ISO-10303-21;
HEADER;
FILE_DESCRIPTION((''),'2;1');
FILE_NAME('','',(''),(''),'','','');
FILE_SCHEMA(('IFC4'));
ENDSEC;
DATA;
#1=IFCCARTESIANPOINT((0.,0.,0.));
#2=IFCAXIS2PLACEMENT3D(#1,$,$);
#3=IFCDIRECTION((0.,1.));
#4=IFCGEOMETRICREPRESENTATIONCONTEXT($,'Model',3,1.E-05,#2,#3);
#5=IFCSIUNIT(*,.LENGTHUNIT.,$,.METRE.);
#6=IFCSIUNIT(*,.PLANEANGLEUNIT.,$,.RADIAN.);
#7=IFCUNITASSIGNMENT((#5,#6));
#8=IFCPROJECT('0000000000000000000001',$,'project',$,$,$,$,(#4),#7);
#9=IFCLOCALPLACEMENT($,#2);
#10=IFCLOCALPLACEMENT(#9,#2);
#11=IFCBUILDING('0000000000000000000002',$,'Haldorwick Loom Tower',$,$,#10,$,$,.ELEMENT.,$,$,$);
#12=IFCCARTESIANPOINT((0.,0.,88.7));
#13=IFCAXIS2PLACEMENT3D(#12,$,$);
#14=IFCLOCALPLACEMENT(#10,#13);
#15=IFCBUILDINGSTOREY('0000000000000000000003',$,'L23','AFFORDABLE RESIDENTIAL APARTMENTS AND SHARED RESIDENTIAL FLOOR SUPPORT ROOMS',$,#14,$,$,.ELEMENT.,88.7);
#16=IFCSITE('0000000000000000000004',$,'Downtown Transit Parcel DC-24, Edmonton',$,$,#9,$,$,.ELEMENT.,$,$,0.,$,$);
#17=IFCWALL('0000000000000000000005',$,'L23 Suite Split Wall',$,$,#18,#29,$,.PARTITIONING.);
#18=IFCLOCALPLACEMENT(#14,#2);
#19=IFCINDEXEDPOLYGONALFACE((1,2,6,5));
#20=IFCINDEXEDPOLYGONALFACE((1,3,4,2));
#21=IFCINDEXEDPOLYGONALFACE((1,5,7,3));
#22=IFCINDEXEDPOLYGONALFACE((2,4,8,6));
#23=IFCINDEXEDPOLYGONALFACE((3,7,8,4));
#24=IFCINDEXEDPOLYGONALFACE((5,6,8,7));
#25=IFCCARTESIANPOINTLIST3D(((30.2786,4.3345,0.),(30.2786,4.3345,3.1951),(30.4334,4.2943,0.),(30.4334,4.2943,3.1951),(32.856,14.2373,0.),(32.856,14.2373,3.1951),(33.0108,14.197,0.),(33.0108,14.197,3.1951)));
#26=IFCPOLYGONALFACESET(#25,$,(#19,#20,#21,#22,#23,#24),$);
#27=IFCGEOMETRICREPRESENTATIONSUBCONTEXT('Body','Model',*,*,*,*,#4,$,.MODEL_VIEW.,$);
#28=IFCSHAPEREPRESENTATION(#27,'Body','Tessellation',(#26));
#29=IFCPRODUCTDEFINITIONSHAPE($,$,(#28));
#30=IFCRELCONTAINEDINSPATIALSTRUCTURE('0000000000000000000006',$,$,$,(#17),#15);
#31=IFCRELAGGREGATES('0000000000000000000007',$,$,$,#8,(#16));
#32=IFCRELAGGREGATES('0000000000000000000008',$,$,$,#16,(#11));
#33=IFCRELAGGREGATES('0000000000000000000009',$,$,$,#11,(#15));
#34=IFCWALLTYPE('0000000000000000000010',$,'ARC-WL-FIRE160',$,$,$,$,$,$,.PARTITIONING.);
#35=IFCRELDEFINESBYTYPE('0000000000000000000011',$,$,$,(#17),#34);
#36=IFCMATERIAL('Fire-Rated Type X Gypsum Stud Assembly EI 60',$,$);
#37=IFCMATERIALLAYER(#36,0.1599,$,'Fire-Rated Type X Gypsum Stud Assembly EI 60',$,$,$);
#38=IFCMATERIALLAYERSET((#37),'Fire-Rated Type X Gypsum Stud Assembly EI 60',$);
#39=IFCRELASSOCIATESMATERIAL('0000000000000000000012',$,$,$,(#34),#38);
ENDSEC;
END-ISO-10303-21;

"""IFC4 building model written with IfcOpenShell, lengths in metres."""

from ifc_helpers import new_model, si_unit, direction, frame, frame_2d, origin, place, context, subcontext, project, spatial, rectangle, extrude, material, layer, layer_set, type_object, element, save


model = new_model("IFC4")

# Units and contexts
model_context = context("Model", 3, precision=1e-05, world=origin(), true_north=direction((0.0, 1.0)))
body_context = subcontext(model_context, "Body", "Model", "MODEL_VIEW")
ifc_project = project(units=[si_unit("LENGTHUNIT", "METRE"), si_unit("PLANEANGLEUNIT", "RADIAN")], contexts=[model_context])

# Site, building, storey
site_placement = place(None, origin())
site = spatial("IfcSite", under=ifc_project, at=site_placement, Name="Downtown Transit Parcel DC-24, Edmonton", CompositionType="ELEMENT", RefElevation=0.0)
building_placement = place(site_placement, origin())
building = spatial("IfcBuilding", under=site, at=building_placement, Name="Haldorwick Loom Tower", CompositionType="ELEMENT")
storey_placement = place(building_placement, frame((0.0, 0.0, 88.7)))
storey = spatial("IfcBuildingStorey", under=building, at=storey_placement, Name="L23", Description="AFFORDABLE RESIDENTIAL APARTMENTS AND SHARED RESIDENTIAL FLOOR SUPPORT ROOMS", CompositionType="ELEMENT", Elevation=88.7)

# Wall
ifc_material_1 = material(Name="Fire-Rated Type X Gypsum Stud Assembly EI 60")
ifc_layer_1 = layer(ifc_material_1, 0.1599, Name="Fire-Rated Type X Gypsum Stud Assembly EI 60")
ifc_layer_set_1 = layer_set([ifc_layer_1], Name="Fire-Rated Type X Gypsum Stud Assembly EI 60")
wall_type = type_object("IfcWallType", Name="ARC-WL-FIRE160", PredefinedType="PARTITIONING", material=ifc_layer_set_1)
wall_1_placement = place(storey_placement, frame((32.9333, 14.217, 0.0), z_axis=(0.0, 0.0, 1.0), x_axis=(-0.251877, -0.967759, 0.0)))
element("IfcWall", 1, at=wall_1_placement, inside=storey, type_object=wall_type, Name="L23 Suite Split Wall", PredefinedType="PARTITIONING", context=body_context, shape_type="SweptSolid", body=[
    extrude(rectangle(XDim=10.2327, YDim=0.1599, at=frame_2d((5.1162, 0.0))), origin(), (0.0, 0.0, 1.0), 3.1951),
])

save(model, "model.ifc")
